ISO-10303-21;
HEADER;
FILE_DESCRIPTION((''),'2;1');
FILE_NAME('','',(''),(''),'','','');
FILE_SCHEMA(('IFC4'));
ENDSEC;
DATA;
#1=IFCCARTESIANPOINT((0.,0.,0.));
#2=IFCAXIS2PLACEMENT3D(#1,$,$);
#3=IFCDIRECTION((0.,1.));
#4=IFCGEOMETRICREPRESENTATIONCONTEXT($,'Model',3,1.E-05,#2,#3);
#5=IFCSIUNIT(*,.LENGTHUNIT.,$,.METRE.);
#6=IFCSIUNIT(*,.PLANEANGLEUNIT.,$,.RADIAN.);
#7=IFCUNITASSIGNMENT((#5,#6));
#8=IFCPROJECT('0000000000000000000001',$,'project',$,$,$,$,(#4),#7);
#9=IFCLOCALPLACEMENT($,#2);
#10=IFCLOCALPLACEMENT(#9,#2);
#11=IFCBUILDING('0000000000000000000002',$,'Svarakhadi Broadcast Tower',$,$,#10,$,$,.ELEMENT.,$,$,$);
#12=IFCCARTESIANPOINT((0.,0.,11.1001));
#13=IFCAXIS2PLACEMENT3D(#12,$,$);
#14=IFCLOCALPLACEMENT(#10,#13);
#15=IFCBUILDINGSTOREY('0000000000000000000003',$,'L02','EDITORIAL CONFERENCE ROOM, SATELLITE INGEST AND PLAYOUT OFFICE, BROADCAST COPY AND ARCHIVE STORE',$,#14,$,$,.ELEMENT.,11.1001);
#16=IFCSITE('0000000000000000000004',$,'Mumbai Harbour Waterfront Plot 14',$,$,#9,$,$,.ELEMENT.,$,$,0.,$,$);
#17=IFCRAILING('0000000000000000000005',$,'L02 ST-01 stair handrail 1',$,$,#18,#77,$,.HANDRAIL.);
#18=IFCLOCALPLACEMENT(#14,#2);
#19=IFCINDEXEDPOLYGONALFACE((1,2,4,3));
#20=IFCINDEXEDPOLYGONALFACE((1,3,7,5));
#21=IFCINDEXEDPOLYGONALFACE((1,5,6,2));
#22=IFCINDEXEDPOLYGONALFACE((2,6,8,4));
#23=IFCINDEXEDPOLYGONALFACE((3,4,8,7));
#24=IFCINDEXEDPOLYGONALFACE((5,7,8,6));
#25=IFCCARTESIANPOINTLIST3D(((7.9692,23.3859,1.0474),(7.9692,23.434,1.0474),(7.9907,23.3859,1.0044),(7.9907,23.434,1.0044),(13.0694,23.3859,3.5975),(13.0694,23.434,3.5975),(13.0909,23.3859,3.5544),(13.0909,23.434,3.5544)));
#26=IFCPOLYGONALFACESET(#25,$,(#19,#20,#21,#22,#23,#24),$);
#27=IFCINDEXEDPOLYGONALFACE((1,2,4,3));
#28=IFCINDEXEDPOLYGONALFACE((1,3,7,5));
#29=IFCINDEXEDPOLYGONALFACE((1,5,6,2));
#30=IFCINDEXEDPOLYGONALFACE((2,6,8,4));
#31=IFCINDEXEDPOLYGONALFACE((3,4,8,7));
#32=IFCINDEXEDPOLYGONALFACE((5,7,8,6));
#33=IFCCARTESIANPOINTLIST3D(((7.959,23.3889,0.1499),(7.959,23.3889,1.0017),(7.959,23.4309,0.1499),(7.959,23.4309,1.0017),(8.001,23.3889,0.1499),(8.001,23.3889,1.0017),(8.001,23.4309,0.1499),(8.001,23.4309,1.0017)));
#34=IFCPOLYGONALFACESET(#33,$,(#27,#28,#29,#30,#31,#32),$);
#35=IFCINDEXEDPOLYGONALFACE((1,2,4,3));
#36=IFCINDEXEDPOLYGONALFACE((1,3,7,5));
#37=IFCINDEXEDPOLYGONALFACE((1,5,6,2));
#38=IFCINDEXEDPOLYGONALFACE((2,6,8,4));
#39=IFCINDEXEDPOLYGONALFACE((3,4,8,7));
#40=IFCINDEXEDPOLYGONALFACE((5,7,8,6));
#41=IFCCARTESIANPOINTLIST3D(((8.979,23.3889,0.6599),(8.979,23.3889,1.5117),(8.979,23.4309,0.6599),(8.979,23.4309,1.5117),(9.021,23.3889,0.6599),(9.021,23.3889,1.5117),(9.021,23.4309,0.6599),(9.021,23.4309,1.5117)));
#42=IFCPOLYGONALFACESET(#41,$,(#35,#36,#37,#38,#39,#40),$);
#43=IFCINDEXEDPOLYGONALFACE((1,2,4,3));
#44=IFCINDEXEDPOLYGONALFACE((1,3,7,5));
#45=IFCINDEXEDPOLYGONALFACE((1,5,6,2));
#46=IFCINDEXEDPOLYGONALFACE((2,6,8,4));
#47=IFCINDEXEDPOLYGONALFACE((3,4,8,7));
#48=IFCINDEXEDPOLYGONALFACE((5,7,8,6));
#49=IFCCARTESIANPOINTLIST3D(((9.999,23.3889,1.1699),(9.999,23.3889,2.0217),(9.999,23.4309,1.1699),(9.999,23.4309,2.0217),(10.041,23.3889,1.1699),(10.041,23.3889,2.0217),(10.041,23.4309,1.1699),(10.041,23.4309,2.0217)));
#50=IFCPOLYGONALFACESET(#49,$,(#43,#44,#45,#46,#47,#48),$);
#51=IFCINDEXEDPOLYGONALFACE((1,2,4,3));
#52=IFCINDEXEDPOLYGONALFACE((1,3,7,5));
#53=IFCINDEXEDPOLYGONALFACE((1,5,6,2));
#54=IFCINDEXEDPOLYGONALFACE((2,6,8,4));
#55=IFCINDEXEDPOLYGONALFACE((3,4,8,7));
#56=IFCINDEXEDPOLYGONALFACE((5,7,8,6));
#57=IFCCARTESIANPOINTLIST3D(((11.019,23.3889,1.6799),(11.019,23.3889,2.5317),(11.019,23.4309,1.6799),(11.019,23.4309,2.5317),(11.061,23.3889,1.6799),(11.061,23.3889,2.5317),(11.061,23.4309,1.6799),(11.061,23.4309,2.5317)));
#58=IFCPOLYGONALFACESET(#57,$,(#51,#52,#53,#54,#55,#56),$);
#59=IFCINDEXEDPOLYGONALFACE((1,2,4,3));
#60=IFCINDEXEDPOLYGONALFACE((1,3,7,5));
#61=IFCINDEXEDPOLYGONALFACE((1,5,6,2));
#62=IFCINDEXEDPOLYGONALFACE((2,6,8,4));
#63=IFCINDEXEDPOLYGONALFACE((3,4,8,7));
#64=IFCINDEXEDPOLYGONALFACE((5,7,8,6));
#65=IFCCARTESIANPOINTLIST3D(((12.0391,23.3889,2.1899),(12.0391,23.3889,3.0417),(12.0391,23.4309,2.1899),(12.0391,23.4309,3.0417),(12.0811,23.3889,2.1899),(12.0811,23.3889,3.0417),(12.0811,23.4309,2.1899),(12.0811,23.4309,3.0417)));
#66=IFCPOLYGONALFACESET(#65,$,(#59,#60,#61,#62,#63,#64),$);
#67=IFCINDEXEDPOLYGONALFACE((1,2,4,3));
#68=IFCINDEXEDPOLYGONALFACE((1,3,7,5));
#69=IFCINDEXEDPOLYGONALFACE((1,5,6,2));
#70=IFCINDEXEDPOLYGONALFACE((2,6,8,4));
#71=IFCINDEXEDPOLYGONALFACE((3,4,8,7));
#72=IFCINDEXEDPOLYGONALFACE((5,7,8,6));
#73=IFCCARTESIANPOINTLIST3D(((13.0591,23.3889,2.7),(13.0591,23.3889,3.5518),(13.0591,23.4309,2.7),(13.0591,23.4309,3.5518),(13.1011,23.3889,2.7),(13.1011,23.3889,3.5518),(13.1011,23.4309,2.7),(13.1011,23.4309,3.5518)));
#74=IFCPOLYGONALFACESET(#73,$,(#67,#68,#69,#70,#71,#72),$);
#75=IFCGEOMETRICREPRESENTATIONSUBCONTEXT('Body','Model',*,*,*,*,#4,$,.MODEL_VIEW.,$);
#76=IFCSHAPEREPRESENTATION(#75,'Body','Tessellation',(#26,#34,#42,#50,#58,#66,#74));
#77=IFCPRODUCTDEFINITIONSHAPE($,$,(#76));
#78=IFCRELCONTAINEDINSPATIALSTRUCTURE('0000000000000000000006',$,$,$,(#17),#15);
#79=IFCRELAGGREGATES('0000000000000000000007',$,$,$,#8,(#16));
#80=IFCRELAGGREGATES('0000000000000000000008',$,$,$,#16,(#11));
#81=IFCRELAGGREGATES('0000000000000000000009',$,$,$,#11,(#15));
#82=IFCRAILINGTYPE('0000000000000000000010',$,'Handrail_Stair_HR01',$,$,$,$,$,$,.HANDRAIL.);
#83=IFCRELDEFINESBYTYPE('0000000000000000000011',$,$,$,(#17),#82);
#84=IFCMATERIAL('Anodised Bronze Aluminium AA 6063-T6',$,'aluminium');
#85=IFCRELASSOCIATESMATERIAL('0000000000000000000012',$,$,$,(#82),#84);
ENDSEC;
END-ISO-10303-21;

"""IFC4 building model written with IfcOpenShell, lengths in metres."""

from ifc_helpers import new_model, si_unit, direction, frame, origin, origin_2d, place, context, subcontext, project, spatial, rectangle, extrude, material, type_object, element, save


model = new_model("IFC4")

# Units and contexts
model_context = context("Model", 3, precision=1e-05, world=origin(), true_north=direction((0.0, 1.0)))
body_context = subcontext(model_context, "Body", "Model", "MODEL_VIEW")
ifc_project = project(units=[si_unit("LENGTHUNIT", "METRE"), si_unit("PLANEANGLEUNIT", "RADIAN")], contexts=[model_context])

# Site, building, storey
site_placement = place(None, origin())
site = spatial("IfcSite", under=ifc_project, at=site_placement, Name="Mumbai Harbour Waterfront Plot 14", CompositionType="ELEMENT", RefElevation=0.0)
building_placement = place(site_placement, origin())
building = spatial("IfcBuilding", under=site, at=building_placement, Name="Svarakhadi Broadcast Tower", CompositionType="ELEMENT")
storey_placement = place(building_placement, frame((0.0, 0.0, 11.1001)))
storey = spatial("IfcBuildingStorey", under=building, at=storey_placement, Name="L02", Description="EDITORIAL CONFERENCE ROOM, SATELLITE INGEST AND PLAYOUT OFFICE, BROADCAST COPY AND ARCHIVE STORE", CompositionType="ELEMENT", Elevation=11.1001)

# Shared definitions
ifc_material_1 = material(Name="Anodised Bronze Aluminium AA 6063-T6", Category="aluminium")

# Railing
railing_type_1 = type_object("IfcRailingType", Name="Handrail_Stair_HR01", PredefinedType="HANDRAIL", material=ifc_material_1)
railing_1_placement = place(storey_placement, frame((7.98, 23.4099, 0.1499)))
element("IfcRailing", 1, at=railing_1_placement, inside=storey, type_object=railing_type_1, Name="L02 ST-01 stair handrail 1", PredefinedType="HANDRAIL", context=body_context, shape_type="SweptSolid", body=[
    extrude(rectangle(XDim=0.0481, YDim=0.0481, at=origin_2d()), frame((0.0, 0.0, 0.876), z_axis=(0.894427, 0.0, 0.447214), x_axis=(0.0, 1.0, 0.0)), (0.0, 0.0, 1.0), 5.7021),
    extrude(rectangle(XDim=0.042, YDim=0.042, at=origin_2d()), origin(), (0.0, 0.0, 1.0), 0.8518),
    extrude(rectangle(XDim=0.042, YDim=0.042, at=origin_2d()), frame((1.02, 0.0, 0.51)), (0.0, 0.0, 1.0), 0.8518),
    extrude(rectangle(XDim=0.042, YDim=0.042, at=origin_2d()), frame((2.04, 0.0, 1.02)), (0.0, 0.0, 1.0), 0.8518),
    extrude(rectangle(XDim=0.042, YDim=0.042, at=origin_2d()), frame((3.0601, 0.0, 1.53)), (0.0, 0.0, 1.0), 0.8518),
    extrude(rectangle(XDim=0.042, YDim=0.042, at=origin_2d()), frame((4.0801, 0.0, 2.04)), (0.0, 0.0, 1.0), 0.8518),
    extrude(rectangle(XDim=0.042, YDim=0.042, at=origin_2d()), frame((5.1001, 0.0, 2.55)), (0.0, 0.0, 1.0), 0.8518),
])

save(model, "model.ifc")
